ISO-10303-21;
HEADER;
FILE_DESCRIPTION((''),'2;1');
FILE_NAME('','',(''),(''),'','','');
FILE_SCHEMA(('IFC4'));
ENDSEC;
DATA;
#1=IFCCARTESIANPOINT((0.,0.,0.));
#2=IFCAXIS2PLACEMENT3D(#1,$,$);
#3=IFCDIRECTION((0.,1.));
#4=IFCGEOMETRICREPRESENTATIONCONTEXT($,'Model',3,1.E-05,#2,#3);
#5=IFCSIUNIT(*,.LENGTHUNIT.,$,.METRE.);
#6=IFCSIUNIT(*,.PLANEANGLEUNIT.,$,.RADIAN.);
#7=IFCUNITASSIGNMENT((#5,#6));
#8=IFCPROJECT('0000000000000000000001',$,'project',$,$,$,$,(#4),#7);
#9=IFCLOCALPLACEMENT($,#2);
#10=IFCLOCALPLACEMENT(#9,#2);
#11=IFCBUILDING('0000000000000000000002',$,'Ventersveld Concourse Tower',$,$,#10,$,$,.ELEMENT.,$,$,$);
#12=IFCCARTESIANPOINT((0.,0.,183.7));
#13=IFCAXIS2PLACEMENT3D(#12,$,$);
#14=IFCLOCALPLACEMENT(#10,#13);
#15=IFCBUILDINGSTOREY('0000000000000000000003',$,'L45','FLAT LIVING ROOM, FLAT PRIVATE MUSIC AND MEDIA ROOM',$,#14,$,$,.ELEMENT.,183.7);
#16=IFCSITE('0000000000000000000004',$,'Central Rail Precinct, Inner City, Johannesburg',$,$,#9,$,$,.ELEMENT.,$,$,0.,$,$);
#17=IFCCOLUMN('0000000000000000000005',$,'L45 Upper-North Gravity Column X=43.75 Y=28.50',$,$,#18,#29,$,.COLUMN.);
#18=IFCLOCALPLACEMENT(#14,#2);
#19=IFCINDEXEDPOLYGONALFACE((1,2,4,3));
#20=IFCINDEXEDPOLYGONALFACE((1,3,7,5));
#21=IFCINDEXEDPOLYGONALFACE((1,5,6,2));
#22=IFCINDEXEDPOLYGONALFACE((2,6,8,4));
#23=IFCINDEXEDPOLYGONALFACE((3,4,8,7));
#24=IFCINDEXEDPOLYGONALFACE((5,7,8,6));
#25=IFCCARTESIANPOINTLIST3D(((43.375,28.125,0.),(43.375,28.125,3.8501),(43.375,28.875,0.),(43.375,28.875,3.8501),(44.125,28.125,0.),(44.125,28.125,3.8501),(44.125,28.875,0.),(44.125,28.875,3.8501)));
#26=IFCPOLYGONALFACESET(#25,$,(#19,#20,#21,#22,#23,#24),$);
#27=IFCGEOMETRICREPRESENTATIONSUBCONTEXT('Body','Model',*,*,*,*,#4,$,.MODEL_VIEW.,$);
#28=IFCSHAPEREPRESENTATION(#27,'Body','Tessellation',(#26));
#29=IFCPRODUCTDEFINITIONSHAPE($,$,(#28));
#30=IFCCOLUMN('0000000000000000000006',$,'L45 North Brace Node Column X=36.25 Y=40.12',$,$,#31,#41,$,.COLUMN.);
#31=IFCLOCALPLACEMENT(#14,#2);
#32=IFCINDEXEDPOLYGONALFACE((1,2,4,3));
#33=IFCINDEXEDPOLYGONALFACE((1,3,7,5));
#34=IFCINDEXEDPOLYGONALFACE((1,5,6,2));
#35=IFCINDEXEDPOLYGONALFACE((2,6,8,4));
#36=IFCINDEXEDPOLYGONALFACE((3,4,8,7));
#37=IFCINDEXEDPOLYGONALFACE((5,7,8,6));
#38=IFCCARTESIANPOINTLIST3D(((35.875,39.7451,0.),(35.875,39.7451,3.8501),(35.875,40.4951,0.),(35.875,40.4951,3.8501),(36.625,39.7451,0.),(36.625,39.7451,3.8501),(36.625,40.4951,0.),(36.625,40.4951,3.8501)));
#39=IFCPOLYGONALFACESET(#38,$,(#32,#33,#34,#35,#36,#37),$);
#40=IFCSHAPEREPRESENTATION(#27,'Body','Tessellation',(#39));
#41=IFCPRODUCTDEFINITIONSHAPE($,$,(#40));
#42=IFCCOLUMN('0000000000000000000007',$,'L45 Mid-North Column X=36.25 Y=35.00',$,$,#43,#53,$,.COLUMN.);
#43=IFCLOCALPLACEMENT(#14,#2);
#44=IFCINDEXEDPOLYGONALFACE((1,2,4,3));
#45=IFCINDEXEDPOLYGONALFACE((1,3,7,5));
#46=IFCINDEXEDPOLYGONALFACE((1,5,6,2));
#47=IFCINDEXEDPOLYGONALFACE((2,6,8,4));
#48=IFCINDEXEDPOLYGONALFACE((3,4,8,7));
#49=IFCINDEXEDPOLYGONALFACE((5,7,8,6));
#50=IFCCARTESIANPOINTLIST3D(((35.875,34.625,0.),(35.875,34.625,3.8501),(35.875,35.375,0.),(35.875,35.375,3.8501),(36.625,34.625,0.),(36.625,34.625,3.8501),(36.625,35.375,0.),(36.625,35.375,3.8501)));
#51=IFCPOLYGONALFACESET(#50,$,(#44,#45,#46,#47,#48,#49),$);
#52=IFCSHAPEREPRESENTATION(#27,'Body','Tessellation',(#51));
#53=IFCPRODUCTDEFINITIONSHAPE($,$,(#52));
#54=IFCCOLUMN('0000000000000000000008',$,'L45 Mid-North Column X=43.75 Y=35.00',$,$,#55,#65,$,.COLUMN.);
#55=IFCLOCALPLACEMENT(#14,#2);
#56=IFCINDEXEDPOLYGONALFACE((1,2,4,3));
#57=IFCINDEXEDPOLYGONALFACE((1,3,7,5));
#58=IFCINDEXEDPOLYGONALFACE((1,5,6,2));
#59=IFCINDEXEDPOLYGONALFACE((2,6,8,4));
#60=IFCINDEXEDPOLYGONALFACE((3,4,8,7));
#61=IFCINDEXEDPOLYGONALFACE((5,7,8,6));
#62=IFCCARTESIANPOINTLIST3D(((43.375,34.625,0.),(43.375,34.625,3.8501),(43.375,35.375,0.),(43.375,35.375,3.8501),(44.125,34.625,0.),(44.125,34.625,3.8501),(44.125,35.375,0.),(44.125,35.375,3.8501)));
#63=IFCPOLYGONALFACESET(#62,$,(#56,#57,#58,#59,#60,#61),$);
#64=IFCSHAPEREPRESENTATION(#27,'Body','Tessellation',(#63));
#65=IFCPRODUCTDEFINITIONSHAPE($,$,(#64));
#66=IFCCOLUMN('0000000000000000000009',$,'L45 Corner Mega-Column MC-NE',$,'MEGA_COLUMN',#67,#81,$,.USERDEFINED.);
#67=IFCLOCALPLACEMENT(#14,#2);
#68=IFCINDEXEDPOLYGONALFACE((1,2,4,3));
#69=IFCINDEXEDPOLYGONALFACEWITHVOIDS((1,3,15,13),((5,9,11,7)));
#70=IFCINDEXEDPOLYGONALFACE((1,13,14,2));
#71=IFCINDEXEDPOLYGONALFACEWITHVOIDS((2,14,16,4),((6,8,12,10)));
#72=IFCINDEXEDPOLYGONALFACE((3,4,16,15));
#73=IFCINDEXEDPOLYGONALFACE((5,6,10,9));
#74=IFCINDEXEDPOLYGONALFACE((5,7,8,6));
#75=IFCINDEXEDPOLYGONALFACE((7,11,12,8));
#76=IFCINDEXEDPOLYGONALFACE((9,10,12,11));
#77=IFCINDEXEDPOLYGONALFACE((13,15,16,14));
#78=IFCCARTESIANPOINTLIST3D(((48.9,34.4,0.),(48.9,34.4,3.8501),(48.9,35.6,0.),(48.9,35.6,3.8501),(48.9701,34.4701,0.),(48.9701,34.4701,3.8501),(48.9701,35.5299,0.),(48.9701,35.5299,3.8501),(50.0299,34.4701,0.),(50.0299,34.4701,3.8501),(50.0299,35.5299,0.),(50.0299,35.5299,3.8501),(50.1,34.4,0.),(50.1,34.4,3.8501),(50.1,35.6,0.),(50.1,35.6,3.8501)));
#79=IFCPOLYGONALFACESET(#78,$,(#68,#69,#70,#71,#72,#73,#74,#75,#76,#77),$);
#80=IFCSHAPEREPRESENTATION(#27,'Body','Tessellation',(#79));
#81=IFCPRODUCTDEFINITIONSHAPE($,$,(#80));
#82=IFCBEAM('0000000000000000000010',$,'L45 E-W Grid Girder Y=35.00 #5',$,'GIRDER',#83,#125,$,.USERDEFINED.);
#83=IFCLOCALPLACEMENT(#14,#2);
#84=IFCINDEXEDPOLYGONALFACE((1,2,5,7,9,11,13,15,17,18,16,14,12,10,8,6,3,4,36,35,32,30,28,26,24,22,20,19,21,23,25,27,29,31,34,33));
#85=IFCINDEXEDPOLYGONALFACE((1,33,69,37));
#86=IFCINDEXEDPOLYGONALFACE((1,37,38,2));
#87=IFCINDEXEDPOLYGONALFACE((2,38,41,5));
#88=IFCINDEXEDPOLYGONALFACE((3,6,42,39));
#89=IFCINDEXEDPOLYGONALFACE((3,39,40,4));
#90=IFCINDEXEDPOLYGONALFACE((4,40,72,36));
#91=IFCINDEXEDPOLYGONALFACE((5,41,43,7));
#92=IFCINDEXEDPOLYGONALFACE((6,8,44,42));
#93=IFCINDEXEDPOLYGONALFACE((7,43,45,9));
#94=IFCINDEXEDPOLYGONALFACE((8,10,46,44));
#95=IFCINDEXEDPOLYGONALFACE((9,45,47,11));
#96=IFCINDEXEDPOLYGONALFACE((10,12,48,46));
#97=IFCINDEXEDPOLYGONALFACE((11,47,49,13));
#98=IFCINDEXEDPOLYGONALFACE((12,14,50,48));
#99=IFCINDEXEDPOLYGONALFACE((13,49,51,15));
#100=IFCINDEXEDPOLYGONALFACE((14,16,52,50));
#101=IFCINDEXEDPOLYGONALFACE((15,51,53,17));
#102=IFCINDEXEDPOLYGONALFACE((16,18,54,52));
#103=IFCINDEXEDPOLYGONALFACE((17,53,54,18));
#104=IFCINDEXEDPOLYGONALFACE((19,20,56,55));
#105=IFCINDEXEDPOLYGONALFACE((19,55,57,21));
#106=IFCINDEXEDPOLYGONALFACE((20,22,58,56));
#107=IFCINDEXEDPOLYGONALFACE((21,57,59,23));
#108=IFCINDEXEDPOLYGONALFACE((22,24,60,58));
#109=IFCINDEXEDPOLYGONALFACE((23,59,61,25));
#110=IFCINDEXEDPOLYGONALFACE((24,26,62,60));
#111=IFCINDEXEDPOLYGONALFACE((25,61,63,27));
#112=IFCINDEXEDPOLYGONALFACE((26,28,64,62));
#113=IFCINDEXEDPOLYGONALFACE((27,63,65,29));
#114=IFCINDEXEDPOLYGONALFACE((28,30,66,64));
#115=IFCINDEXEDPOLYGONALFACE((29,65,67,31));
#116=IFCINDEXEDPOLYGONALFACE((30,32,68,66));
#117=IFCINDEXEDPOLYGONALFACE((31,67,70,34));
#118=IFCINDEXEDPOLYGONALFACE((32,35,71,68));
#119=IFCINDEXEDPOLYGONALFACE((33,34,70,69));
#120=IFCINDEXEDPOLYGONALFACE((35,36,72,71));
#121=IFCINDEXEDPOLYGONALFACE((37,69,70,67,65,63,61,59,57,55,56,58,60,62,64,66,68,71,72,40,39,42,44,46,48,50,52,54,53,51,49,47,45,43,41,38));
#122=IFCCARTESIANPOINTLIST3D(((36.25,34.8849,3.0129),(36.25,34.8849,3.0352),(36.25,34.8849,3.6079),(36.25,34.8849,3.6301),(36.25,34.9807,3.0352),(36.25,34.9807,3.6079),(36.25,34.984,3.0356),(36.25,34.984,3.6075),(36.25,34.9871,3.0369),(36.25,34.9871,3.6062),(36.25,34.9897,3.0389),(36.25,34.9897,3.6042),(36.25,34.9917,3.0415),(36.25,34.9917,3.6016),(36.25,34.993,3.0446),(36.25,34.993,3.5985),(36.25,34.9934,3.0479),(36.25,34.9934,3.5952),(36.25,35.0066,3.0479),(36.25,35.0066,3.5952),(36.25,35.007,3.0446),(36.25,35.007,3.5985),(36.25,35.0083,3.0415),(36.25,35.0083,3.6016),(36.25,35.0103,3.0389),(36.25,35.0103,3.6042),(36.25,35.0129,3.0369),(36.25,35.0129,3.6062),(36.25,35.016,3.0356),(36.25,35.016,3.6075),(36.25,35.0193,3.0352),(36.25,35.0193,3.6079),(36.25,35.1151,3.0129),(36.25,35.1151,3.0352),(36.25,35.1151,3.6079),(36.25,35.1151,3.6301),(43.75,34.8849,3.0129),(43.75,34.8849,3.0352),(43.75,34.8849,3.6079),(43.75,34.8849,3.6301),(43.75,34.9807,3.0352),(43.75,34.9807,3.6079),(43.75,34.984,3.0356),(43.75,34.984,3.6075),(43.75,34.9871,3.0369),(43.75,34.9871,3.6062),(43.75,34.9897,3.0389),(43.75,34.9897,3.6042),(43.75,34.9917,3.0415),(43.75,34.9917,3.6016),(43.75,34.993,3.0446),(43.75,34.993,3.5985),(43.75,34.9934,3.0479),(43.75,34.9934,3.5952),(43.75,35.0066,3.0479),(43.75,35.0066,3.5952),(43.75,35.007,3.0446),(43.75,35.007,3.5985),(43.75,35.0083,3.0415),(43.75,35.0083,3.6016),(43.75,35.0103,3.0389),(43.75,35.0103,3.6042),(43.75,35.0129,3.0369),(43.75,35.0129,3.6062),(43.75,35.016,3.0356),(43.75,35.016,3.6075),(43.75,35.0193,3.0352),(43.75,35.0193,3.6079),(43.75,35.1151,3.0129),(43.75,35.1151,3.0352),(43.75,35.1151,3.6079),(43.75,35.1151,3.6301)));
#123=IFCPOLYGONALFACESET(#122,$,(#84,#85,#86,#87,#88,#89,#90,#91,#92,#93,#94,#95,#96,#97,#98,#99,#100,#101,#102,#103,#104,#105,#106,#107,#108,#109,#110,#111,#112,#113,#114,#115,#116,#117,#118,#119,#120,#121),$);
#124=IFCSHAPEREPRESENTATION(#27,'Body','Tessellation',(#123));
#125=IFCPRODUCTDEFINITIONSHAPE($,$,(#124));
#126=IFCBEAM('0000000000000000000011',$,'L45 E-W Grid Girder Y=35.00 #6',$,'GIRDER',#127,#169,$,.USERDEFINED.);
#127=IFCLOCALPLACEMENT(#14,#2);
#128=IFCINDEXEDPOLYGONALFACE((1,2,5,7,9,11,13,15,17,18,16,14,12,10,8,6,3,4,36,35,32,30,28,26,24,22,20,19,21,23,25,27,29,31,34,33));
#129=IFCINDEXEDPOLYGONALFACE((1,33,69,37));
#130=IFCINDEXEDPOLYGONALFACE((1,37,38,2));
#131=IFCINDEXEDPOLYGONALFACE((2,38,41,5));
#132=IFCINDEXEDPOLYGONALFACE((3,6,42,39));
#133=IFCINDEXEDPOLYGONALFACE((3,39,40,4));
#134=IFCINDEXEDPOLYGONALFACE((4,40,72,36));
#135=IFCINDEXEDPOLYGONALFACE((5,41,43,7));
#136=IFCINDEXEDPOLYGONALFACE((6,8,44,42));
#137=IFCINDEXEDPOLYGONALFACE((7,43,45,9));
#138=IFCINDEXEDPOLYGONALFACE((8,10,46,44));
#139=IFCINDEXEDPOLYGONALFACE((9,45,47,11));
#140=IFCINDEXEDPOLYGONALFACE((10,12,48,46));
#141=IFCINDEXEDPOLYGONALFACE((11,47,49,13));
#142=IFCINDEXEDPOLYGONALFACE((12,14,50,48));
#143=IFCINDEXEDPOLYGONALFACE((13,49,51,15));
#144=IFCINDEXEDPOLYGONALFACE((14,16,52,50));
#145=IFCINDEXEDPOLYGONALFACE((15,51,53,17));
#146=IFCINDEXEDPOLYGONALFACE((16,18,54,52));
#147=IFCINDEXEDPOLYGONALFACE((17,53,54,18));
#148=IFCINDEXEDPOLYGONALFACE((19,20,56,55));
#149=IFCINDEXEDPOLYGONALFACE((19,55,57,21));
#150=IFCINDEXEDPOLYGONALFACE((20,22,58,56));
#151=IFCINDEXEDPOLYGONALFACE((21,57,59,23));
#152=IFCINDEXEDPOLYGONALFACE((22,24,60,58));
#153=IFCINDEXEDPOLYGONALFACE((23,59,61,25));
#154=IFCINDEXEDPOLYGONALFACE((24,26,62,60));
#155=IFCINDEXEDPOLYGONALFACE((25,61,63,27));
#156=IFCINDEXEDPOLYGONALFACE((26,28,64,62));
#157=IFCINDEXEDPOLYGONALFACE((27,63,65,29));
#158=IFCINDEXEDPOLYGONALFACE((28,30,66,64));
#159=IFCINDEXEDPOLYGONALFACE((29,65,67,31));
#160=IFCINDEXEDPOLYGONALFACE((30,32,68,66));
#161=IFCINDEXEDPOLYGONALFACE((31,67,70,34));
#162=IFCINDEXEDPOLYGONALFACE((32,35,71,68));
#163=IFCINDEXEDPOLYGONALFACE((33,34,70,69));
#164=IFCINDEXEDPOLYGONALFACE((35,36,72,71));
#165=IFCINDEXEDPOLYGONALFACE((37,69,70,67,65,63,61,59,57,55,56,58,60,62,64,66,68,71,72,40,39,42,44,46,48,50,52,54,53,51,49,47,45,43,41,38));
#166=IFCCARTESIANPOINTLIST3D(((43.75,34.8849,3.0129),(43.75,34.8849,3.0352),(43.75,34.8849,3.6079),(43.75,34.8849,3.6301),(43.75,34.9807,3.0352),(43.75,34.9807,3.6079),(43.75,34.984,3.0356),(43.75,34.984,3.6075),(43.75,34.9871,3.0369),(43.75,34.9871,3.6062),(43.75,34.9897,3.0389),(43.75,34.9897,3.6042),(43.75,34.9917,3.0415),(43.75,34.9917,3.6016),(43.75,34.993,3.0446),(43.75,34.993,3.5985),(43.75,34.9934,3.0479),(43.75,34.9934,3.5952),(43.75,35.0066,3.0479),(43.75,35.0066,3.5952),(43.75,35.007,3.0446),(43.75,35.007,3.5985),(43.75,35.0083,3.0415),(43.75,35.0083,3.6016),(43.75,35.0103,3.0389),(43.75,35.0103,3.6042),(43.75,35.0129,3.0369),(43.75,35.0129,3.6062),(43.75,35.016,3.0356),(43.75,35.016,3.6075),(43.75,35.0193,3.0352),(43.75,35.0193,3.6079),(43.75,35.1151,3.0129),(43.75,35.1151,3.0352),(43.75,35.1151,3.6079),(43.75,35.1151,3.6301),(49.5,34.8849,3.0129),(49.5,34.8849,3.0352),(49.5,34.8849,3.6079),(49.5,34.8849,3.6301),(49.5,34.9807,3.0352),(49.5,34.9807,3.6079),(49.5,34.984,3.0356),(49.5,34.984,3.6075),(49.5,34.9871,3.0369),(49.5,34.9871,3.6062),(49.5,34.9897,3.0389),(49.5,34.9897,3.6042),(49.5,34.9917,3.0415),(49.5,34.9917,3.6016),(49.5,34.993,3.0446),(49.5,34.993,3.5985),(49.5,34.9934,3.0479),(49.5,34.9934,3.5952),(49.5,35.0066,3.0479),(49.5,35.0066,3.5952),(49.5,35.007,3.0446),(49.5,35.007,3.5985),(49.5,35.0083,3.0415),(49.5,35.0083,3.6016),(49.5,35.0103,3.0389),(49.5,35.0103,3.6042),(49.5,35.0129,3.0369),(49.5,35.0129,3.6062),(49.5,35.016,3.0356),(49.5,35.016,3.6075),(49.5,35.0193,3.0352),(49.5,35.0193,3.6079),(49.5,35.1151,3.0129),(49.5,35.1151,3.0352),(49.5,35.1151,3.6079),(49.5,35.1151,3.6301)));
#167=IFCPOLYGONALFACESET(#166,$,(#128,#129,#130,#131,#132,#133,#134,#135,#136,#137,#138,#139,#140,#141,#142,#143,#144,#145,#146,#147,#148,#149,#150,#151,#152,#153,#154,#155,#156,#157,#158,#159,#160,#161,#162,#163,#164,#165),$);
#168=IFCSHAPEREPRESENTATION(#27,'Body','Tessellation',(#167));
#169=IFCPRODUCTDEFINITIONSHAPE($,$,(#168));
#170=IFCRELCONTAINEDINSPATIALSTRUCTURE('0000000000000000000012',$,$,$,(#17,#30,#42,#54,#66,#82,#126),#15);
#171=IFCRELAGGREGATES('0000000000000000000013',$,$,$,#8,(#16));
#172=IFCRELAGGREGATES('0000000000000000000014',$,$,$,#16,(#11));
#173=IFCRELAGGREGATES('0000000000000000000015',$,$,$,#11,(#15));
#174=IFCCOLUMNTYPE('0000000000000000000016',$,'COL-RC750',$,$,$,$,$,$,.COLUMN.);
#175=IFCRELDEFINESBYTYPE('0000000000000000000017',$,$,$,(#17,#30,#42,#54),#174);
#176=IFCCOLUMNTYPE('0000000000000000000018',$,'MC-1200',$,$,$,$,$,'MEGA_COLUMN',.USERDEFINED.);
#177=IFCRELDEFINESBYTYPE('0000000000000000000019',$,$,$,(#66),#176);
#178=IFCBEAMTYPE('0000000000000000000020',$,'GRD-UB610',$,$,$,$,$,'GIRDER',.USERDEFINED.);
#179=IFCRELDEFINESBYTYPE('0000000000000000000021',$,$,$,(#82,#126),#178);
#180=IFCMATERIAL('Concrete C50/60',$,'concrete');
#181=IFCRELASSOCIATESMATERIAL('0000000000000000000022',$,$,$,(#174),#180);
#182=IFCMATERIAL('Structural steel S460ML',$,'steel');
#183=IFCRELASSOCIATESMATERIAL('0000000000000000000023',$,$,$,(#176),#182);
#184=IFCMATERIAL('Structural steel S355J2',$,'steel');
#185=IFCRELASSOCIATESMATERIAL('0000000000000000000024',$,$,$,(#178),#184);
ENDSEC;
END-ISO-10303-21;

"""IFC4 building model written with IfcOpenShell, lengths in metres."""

from ifc_helpers import new_model, si_unit, direction, frame, origin, origin_2d, place, context, subcontext, project, spatial, rectangle, hollow_rectangle, i_section, extrude, material, material_profile, profile_set, type_object, element, save


model = new_model("IFC4")

# Units and contexts
model_context = context("Model", 3, precision=1e-05, world=origin(), true_north=direction((0.0, 1.0)))
body_context = subcontext(model_context, "Body", "Model", "MODEL_VIEW")
ifc_project = project(units=[si_unit("LENGTHUNIT", "METRE"), si_unit("PLANEANGLEUNIT", "RADIAN")], contexts=[model_context])

# Site, building, storey
site_placement = place(None, origin())
site = spatial("IfcSite", under=ifc_project, at=site_placement, Name="Central Rail Precinct, Inner City, Johannesburg", CompositionType="ELEMENT", RefElevation=0.0)
building_placement = place(site_placement, origin())
building = spatial("IfcBuilding", under=site, at=building_placement, Name="Ventersveld Concourse Tower", CompositionType="ELEMENT")
storey_placement = place(building_placement, frame((0.0, 0.0, 183.7)))
storey = spatial("IfcBuildingStorey", under=building, at=storey_placement, Name="L45", Description="FLAT LIVING ROOM, FLAT PRIVATE MUSIC AND MEDIA ROOM", CompositionType="ELEMENT", Elevation=183.7)

# Columns
ifc_material_1 = material(Name="Concrete C50/60", Category="concrete")
ifc_material_profile_1 = material_profile(ifc_material_1, rectangle(XDim=0.75, YDim=0.75, at=origin_2d()), Name="RC 750x750")
ifc_profile_set_1 = profile_set([ifc_material_profile_1], Name="Concrete C50/60")
column_type_1 = type_object("IfcColumnType", Name="COL-RC750", PredefinedType="COLUMN", material=ifc_profile_set_1)
for number, where, z_axis, x_axis, name in (
    (1, (43.75, 28.5, 0.0), (0.0, 0.0, 1.0), (1.0, 0.0, 0.0), "L45 Upper-North Gravity Column X=43.75 Y=28.50"),
    (2, (36.25, 40.1201, 0.0), (0.0, 0.0, 1.0), (1.0, 0.0, 0.0), "L45 North Brace Node Column X=36.25 Y=40.12"),
    (3, (36.25, 35.0, 0.0), (0.0, 0.0, 1.0), (1.0, 0.0, 0.0), "L45 Mid-North Column X=36.25 Y=35.00"),
    (4, (43.75, 35.0, 0.0), (0.0, 0.0, 1.0), (1.0, 0.0, 0.0), "L45 Mid-North Column X=43.75 Y=35.00"),
):
    element("IfcColumn", number, at=place(storey_placement, frame(where, z_axis=z_axis, x_axis=x_axis)), inside=storey, type_object=column_type_1, Name=name, PredefinedType="COLUMN", context=body_context, shape_type="SweptSolid", body=[
        extrude(rectangle(XDim=0.75, YDim=0.75, at=origin_2d()), origin(), (0.0, 0.0, 1.0), 3.8501),
    ])
ifc_material_2 = material(Name="Structural steel S460ML", Category="steel")
ifc_material_profile_2 = material_profile(ifc_material_2, hollow_rectangle(XDim=1.2, YDim=1.2, WallThickness=0.0701, at=origin_2d()), Name="BOX 1200x1200x70")
ifc_profile_set_2 = profile_set([ifc_material_profile_2], Name="Structural steel S460ML")
column_type_2 = type_object("IfcColumnType", Name="MC-1200", ElementType="MEGA_COLUMN", PredefinedType="USERDEFINED", material=ifc_profile_set_2)
column_placement = place(storey_placement, frame((49.5, 35.0, 0.0), z_axis=(0.0, 0.0, 1.0), x_axis=(1.0, 0.0, 0.0)))
element("IfcColumn", 5, at=column_placement, inside=storey, type_object=column_type_2, Name="L45 Corner Mega-Column MC-NE", ObjectType="MEGA_COLUMN", PredefinedType="USERDEFINED", context=body_context, shape_type="SweptSolid", body=[
    extrude(hollow_rectangle(XDim=1.2, YDim=1.2, WallThickness=0.0701, at=origin_2d()), origin(), (0.0, 0.0, 1.0), 3.8501),
])

# Beams
ifc_material_3 = material(Name="Structural steel S355J2", Category="steel")
ifc_material_profile_3 = material_profile(ifc_material_3, i_section(OverallWidth=0.2302, OverallDepth=0.6172, WebThickness=0.0132, FlangeThickness=0.0222, FilletRadius=0.0127, at=origin_2d()), Name="UB 610x229x140")
ifc_profile_set_3 = profile_set([ifc_material_profile_3], Name="Structural steel S355J2")
beam_type = type_object("IfcBeamType", Name="GRD-UB610", ElementType="GIRDER", PredefinedType="USERDEFINED", material=ifc_profile_set_3)
beam_1_placement = place(storey_placement, frame((36.25, 35.0, 3.3215), z_axis=(1.0, 0.0, 0.0), x_axis=(0.0, 1.0, 0.0)))
element("IfcBeam", 6, at=beam_1_placement, inside=storey, type_object=beam_type, Name="L45 E-W Grid Girder Y=35.00 #5", ObjectType="GIRDER", PredefinedType="USERDEFINED", context=body_context, shape_type="SweptSolid", body=[
    extrude(i_section(OverallWidth=0.2302, OverallDepth=0.6172, WebThickness=0.0132, FlangeThickness=0.0222, FilletRadius=0.0127, at=origin_2d()), origin(), (0.0, 0.0, 1.0), 7.5),
])
beam_2_placement = place(storey_placement, frame((43.75, 35.0, 3.3215), z_axis=(1.0, 0.0, 0.0), x_axis=(0.0, 1.0, 0.0)))
element("IfcBeam", 7, at=beam_2_placement, inside=storey, type_object=beam_type, Name="L45 E-W Grid Girder Y=35.00 #6", ObjectType="GIRDER", PredefinedType="USERDEFINED", context=body_context, shape_type="SweptSolid", body=[
    extrude(i_section(OverallWidth=0.2302, OverallDepth=0.6172, WebThickness=0.0132, FlangeThickness=0.0222, FilletRadius=0.0127, at=origin_2d()), origin(), (0.0, 0.0, 1.0), 5.75),
])

save(model, "model.ifc")
